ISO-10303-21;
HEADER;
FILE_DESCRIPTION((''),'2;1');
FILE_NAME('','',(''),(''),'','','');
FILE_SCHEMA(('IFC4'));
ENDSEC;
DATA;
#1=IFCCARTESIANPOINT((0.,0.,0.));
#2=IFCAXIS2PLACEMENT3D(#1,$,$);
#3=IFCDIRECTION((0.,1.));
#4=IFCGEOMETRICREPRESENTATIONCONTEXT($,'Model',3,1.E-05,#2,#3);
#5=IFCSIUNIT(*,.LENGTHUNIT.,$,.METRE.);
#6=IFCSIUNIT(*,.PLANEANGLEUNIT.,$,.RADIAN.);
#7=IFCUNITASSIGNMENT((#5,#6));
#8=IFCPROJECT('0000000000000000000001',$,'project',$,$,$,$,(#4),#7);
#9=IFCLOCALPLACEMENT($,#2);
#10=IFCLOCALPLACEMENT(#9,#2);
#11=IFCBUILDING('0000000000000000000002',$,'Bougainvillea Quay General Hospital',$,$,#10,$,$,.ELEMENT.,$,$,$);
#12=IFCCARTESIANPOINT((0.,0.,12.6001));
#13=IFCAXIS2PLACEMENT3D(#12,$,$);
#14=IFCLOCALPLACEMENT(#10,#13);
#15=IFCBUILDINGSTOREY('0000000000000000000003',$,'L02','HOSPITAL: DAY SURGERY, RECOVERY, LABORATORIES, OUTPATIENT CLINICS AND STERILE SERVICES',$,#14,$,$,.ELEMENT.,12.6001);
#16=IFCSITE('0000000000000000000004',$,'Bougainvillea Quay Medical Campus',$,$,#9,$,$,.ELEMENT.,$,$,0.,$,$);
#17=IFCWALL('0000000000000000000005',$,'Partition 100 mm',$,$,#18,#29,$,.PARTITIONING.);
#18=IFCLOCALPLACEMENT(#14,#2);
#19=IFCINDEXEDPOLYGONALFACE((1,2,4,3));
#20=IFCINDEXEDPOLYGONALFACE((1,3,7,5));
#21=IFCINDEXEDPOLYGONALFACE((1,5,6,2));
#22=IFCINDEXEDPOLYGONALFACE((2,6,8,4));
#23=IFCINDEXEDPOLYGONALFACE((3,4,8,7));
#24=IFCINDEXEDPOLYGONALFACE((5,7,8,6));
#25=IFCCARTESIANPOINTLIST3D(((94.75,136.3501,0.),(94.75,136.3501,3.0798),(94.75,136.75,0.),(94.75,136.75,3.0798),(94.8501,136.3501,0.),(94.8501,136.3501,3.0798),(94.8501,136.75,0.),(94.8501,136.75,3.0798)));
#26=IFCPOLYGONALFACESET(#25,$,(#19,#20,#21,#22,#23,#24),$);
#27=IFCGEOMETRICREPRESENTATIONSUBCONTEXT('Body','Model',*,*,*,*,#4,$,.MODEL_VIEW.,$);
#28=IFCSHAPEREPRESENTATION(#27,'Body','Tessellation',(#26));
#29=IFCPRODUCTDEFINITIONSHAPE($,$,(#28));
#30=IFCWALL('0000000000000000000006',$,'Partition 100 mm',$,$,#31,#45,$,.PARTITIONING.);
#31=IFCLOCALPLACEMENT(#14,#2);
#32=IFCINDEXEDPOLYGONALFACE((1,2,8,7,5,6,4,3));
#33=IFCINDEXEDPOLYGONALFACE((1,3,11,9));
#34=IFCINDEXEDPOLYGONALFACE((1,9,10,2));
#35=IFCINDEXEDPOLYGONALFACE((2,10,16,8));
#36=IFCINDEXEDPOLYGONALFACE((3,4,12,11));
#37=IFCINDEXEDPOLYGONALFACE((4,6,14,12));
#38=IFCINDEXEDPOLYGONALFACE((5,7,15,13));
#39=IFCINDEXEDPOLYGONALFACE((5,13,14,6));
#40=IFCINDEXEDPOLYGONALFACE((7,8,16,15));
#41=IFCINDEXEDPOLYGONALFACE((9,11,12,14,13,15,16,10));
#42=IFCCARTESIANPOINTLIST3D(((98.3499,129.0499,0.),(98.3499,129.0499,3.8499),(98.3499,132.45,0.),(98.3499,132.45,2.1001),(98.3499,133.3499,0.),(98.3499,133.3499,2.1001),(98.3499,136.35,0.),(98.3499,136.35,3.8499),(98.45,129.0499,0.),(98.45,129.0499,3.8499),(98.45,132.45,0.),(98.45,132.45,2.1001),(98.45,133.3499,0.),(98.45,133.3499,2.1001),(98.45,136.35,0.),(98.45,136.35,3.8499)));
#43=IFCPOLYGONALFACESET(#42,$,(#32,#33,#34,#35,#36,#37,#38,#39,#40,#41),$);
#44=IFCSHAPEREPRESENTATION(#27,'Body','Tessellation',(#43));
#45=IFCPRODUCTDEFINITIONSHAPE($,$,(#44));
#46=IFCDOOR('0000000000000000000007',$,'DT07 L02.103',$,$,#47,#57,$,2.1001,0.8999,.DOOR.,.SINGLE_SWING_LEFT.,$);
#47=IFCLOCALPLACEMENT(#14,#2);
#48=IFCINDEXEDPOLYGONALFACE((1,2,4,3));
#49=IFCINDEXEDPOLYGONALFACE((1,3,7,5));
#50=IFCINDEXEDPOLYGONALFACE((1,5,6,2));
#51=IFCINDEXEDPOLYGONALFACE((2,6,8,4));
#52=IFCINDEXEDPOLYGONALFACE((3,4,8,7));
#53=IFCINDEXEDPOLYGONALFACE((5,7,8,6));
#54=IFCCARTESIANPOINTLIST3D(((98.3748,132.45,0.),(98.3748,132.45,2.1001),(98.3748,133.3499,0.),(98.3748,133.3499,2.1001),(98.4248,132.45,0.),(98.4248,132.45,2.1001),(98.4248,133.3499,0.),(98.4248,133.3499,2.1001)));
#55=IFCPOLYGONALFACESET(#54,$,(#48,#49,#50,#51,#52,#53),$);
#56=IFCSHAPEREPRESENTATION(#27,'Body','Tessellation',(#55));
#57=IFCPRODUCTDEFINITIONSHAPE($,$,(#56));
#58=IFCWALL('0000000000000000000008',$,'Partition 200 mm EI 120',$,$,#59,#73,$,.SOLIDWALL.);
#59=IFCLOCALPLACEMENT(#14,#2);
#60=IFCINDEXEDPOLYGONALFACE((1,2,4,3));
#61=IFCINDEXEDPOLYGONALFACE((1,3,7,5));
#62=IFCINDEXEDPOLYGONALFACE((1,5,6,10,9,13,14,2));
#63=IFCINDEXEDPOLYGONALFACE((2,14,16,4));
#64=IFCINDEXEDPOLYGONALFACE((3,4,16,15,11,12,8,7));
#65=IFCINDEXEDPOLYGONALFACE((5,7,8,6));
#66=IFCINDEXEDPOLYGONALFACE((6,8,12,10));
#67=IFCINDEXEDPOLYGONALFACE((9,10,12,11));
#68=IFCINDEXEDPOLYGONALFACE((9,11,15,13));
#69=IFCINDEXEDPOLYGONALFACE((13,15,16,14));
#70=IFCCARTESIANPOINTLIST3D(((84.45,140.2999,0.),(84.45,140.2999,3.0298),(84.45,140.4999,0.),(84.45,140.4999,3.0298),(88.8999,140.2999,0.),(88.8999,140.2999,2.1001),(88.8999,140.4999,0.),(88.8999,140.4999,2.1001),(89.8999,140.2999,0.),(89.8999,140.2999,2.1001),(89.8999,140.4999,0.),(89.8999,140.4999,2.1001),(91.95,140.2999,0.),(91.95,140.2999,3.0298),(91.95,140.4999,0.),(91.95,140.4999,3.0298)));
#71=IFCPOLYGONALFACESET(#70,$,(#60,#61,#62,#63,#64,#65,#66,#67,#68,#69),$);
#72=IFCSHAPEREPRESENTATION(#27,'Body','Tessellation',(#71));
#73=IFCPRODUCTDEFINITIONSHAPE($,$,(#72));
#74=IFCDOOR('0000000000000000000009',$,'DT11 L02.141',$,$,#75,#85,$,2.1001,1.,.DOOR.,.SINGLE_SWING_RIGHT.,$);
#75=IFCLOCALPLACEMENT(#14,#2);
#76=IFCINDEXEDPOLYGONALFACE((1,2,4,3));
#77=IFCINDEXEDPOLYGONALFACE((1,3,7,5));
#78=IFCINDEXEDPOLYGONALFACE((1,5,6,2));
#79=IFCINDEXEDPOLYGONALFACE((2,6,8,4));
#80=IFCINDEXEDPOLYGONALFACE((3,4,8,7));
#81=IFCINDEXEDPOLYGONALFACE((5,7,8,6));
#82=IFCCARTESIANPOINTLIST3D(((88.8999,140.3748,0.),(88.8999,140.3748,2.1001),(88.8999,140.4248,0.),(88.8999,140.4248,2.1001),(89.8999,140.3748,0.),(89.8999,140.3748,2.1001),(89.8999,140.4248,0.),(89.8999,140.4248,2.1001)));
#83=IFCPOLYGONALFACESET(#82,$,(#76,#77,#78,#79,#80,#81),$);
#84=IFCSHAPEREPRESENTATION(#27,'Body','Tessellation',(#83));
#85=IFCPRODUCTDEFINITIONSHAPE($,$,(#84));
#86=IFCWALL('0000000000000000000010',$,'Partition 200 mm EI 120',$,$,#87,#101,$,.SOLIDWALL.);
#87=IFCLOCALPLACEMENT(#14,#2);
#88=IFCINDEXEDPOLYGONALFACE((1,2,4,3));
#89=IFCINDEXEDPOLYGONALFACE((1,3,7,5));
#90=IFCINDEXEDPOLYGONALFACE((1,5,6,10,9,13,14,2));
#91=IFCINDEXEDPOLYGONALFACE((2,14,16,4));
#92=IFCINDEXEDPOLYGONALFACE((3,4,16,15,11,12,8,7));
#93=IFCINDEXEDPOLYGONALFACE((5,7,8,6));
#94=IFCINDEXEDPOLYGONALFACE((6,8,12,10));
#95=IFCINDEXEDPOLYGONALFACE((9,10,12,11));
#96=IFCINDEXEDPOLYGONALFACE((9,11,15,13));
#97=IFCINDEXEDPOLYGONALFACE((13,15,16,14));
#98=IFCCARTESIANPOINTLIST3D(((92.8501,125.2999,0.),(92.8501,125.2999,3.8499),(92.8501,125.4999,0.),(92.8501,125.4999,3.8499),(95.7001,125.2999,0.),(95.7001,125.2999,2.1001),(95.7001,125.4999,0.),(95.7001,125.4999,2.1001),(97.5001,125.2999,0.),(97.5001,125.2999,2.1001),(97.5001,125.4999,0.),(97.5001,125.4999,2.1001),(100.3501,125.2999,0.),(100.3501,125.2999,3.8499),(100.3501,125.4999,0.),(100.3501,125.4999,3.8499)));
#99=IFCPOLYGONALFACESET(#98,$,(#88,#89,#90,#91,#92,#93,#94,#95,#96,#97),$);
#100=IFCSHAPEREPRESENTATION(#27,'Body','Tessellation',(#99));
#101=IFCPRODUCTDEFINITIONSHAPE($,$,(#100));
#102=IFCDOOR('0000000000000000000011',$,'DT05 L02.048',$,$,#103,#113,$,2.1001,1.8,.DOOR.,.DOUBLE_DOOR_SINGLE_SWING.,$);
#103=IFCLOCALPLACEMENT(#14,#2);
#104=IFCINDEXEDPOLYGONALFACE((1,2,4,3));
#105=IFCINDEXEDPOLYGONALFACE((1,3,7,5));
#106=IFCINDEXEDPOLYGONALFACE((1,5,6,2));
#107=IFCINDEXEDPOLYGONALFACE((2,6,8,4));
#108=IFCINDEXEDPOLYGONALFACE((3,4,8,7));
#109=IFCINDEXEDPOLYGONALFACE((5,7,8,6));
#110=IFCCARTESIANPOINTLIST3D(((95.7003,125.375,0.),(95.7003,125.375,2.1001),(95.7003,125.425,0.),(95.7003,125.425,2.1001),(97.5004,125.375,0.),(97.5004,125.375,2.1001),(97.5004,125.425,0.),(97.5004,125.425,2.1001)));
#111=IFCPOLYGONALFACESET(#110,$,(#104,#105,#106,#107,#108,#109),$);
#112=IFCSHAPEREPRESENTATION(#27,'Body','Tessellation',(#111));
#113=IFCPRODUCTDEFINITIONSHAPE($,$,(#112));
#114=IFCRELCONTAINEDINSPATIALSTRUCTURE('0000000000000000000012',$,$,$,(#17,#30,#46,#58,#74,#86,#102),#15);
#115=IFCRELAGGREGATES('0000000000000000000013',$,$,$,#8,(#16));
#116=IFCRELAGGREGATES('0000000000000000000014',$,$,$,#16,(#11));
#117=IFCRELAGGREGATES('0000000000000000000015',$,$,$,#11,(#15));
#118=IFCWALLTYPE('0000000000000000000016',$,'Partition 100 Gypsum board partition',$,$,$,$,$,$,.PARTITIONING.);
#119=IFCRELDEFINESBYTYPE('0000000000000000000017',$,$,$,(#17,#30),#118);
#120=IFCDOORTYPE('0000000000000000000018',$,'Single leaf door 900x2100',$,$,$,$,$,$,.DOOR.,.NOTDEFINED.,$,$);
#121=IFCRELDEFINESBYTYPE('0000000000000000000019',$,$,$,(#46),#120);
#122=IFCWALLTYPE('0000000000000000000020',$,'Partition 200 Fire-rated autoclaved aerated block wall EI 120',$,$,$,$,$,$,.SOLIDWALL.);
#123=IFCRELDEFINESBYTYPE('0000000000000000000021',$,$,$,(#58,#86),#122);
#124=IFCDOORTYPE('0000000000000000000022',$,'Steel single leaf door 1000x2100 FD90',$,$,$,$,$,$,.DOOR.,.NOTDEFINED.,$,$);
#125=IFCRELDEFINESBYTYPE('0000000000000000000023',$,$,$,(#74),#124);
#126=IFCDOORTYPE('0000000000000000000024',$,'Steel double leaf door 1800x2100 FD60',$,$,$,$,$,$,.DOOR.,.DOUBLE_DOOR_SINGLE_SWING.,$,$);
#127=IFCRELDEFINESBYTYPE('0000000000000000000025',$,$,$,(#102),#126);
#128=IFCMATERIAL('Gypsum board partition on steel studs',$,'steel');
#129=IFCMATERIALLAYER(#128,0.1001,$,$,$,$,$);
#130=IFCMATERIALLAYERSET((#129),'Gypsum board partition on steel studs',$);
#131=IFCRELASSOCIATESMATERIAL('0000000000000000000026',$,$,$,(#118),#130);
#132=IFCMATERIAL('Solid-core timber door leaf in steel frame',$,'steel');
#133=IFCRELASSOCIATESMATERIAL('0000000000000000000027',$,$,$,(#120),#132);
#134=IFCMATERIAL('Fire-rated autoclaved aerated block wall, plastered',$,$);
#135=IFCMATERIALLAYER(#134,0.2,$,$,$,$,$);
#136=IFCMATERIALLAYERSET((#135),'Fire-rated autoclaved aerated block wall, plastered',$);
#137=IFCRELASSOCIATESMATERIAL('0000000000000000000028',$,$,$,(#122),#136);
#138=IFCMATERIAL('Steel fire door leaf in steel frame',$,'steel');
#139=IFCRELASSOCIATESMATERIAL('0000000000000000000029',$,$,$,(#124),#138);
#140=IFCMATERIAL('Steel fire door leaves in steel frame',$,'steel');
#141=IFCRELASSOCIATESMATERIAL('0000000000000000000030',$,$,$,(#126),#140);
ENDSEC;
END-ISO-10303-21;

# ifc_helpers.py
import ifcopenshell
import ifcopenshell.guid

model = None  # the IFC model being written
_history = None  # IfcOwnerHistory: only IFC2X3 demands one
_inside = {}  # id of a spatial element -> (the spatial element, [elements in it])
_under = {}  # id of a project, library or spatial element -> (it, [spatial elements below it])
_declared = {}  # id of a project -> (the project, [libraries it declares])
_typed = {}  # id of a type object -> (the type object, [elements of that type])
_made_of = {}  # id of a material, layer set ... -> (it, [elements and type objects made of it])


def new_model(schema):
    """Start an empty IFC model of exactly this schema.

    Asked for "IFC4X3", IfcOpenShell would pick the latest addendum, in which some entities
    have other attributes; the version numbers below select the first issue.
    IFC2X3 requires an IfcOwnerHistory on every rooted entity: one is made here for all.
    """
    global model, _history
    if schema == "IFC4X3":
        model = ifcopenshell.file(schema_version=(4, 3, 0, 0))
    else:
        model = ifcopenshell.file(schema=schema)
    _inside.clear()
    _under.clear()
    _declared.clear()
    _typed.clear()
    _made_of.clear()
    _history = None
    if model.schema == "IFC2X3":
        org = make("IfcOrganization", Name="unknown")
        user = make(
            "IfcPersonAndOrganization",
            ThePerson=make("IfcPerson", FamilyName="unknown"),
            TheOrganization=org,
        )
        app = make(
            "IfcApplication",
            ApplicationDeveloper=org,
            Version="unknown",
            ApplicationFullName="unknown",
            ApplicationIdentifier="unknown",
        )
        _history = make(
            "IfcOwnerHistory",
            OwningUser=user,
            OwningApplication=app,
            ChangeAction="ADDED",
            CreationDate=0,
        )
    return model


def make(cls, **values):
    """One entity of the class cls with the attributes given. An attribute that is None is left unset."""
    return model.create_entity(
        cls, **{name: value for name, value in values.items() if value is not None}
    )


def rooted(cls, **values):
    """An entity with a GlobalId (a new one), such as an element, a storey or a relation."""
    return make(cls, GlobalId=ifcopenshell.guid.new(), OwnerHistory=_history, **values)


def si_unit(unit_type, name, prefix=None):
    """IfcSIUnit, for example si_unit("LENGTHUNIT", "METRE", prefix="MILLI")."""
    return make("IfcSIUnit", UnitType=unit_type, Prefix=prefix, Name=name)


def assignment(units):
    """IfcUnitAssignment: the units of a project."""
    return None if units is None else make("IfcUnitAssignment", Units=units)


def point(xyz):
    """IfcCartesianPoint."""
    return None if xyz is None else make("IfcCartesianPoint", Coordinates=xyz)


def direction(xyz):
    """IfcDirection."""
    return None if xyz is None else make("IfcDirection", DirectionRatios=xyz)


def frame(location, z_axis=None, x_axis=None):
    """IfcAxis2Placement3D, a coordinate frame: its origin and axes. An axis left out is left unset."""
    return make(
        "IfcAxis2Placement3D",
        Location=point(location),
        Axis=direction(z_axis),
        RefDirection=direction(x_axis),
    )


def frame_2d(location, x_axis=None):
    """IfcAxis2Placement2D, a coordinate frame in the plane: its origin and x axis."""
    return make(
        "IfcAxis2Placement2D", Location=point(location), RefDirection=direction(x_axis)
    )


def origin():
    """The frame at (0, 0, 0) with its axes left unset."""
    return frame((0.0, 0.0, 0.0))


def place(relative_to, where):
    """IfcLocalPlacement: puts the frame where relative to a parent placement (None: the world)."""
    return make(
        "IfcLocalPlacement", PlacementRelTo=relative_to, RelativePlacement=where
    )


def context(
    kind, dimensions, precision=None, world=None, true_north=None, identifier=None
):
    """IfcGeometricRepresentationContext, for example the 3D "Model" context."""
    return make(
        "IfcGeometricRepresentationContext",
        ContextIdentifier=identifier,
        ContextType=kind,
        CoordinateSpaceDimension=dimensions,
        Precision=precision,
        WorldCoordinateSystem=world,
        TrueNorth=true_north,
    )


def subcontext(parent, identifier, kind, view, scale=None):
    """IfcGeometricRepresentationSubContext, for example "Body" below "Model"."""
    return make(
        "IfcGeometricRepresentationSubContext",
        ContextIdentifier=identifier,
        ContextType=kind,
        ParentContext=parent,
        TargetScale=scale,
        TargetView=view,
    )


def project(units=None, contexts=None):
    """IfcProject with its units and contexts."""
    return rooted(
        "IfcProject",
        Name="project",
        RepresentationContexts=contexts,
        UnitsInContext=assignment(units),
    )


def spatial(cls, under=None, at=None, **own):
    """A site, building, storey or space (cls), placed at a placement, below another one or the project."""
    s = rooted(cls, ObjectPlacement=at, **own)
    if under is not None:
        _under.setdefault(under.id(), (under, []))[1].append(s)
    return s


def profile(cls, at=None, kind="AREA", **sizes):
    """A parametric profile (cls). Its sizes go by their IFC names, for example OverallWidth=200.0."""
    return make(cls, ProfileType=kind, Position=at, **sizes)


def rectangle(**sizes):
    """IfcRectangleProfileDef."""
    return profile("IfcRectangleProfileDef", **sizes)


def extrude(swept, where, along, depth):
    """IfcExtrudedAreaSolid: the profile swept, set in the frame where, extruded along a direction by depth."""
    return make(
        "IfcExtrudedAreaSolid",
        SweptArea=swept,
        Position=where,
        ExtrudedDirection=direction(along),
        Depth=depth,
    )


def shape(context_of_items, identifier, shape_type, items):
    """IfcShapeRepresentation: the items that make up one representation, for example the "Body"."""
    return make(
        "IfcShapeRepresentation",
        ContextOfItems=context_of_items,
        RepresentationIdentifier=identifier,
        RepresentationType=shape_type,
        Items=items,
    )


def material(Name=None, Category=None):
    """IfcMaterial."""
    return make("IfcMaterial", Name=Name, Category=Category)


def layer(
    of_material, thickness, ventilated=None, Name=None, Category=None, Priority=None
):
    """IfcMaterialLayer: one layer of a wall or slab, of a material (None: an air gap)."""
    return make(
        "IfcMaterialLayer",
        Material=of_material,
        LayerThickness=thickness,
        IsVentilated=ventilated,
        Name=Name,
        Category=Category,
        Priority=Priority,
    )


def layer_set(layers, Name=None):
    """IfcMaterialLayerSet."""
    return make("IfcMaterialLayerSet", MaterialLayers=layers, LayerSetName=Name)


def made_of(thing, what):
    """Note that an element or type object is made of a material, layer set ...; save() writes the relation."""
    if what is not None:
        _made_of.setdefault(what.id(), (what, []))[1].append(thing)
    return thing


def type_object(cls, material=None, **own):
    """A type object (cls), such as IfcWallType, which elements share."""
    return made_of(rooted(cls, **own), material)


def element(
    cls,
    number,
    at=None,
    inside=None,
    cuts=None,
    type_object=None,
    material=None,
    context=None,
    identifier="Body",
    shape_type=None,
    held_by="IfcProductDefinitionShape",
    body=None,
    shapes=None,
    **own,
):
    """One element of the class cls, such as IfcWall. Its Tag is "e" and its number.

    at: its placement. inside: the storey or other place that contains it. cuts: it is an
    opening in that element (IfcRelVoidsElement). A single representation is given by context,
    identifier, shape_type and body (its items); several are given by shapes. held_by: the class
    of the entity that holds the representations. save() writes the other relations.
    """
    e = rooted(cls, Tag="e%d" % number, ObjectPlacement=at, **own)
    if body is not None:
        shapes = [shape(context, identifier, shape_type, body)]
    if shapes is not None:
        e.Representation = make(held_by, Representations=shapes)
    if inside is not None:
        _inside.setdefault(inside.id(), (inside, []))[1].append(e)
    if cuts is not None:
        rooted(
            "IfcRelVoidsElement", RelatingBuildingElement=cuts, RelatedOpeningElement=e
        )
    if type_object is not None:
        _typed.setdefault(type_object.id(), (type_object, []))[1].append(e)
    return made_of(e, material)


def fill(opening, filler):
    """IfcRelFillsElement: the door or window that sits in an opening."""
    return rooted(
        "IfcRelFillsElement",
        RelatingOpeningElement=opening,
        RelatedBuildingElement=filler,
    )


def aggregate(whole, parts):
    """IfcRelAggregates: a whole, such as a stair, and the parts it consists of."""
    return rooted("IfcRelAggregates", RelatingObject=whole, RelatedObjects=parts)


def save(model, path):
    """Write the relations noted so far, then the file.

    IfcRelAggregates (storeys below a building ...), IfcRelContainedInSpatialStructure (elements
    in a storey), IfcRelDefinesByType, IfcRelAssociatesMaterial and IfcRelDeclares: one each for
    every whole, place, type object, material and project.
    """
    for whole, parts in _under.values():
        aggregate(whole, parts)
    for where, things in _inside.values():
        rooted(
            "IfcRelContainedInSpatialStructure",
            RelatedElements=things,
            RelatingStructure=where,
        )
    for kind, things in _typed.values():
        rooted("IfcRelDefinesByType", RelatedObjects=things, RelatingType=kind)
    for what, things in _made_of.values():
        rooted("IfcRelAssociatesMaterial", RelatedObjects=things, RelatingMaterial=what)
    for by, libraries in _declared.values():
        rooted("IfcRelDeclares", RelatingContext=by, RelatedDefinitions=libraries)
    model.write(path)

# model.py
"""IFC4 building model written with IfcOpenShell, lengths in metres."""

from ifc_helpers import new_model, si_unit, direction, frame, frame_2d, origin, place, context, subcontext, project, spatial, rectangle, extrude, material, layer, layer_set, type_object, element, fill, save


model = new_model("IFC4")

# Units and contexts
model_context = context("Model", 3, precision=1e-05, world=origin(), true_north=direction((0.0, 1.0)))
body_context = subcontext(model_context, "Body", "Model", "MODEL_VIEW")
ifc_project = project(units=[si_unit("LENGTHUNIT", "METRE"), si_unit("PLANEANGLEUNIT", "RADIAN")], contexts=[model_context])

# Site, building, storey
site_placement = place(None, origin())
site = spatial("IfcSite", under=ifc_project, at=site_placement, Name="Bougainvillea Quay Medical Campus", CompositionType="ELEMENT", RefElevation=0.0)
building_placement = place(site_placement, origin())
building = spatial("IfcBuilding", under=site, at=building_placement, Name="Bougainvillea Quay General Hospital", CompositionType="ELEMENT")
storey_placement = place(building_placement, frame((0.0, 0.0, 12.6001)))
storey = spatial("IfcBuildingStorey", under=building, at=storey_placement, Name="L02", Description="HOSPITAL: DAY SURGERY, RECOVERY, LABORATORIES, OUTPATIENT CLINICS AND STERILE SERVICES", CompositionType="ELEMENT", Elevation=12.6001)

# Shared definitions
ifc_material_1 = material(Name="Gypsum board partition on steel studs", Category="steel")
ifc_layer_1 = layer(ifc_material_1, 0.1001)
ifc_layer_set_1 = layer_set([ifc_layer_1], Name="Gypsum board partition on steel studs")
wall_type_1 = type_object("IfcWallType", Name="Partition 100 Gypsum board partition", PredefinedType="PARTITIONING", material=ifc_layer_set_1)

# Shared definitions
ifc_material_2 = material(Name="Solid-core timber door leaf in steel frame", Category="steel")
door_type_1 = type_object("IfcDoorType", Name="Single leaf door 900x2100", OperationType="NOTDEFINED", PredefinedType="DOOR", material=ifc_material_2)

# Wall
wall_1_placement = place(storey_placement, frame((94.8, 136.3501, 0.0), z_axis=(0.0, 0.0, 1.0), x_axis=(0.0, 1.0, 0.0)))
element("IfcWall", 1, at=wall_1_placement, inside=storey, type_object=wall_type_1, Name="Partition 100 mm", PredefinedType="PARTITIONING", context=body_context, shape_type="SweptSolid", body=[
    extrude(rectangle(XDim=0.3999, YDim=0.1001, at=frame_2d((0.2, 0.0))), origin(), (0.0, 0.0, 1.0), 3.0798),
])

# Walls, openings, doors
wall_2_placement = place(storey_placement, frame((98.3999, 129.05, 0.0), z_axis=(0.0, 0.0, 1.0), x_axis=(0.0, 1.0, 0.0)))
wall_2 = element("IfcWall", 2, at=wall_2_placement, inside=storey, type_object=wall_type_1, Name="Partition 100 mm", PredefinedType="PARTITIONING", context=body_context, shape_type="SweptSolid", body=[
    extrude(rectangle(XDim=7.3, YDim=0.1001, at=frame_2d((3.6499, 0.0))), origin(), (0.0, 0.0, 1.0), 3.8499),
])
opening_1_placement = place(wall_2_placement, frame((3.3999, 0.0, 0.0)))
opening_1 = element("IfcOpeningElement", 3, at=opening_1_placement, cuts=wall_2, PredefinedType="OPENING", context=body_context, shape_type="SweptSolid", body=[
    extrude(rectangle(XDim=0.8999, YDim=2.1001, at=frame_2d((0.45, 1.05))), frame((0.0, 0.0601, 0.0), z_axis=(0.0, -1.0, 0.0), x_axis=(1.0, 0.0, 0.0)), (0.0, 0.0, 1.0), 0.1201),
])
door_1_placement = place(opening_1_placement, frame((0.8999, 0.0, 0.0), z_axis=(0.0, 0.0, 1.0), x_axis=(-1.0, 0.0, 0.0)))
door_1 = element("IfcDoor", 4, at=door_1_placement, inside=storey, type_object=door_type_1, Name="DT07 L02.103", OperationType="SINGLE_SWING_LEFT", OverallHeight=2.1001, OverallWidth=0.8999, PredefinedType="DOOR", context=body_context, shape_type="SweptSolid", body=[
    extrude(rectangle(XDim=0.8999, YDim=2.1001, at=frame_2d((0.45, 1.05))), frame((0.0, 0.0249, 0.0), z_axis=(0.0, -1.0, 0.0), x_axis=(1.0, 0.0, 0.0)), (0.0, 0.0, 1.0), 0.05),
])
fill(opening_1, door_1)
ifc_material_3 = material(Name="Fire-rated autoclaved aerated block wall, plastered")
ifc_layer_2 = layer(ifc_material_3, 0.2)
ifc_layer_set_2 = layer_set([ifc_layer_2], Name="Fire-rated autoclaved aerated block wall, plastered")
wall_type_2 = type_object("IfcWallType", Name="Partition 200 Fire-rated autoclaved aerated block wall EI 120", PredefinedType="SOLIDWALL", material=ifc_layer_set_2)
wall_3_placement = place(storey_placement, frame((84.45, 140.3999, 0.0), z_axis=(0.0, 0.0, 1.0), x_axis=(1.0, 0.0, 0.0)))
wall_3 = element("IfcWall", 5, at=wall_3_placement, inside=storey, type_object=wall_type_2, Name="Partition 200 mm EI 120", PredefinedType="SOLIDWALL", context=body_context, shape_type="SweptSolid", body=[
    extrude(rectangle(XDim=7.5, YDim=0.2, at=frame_2d((3.75, 0.0))), origin(), (0.0, 0.0, 1.0), 3.0298),
])
opening_2_placement = place(wall_3_placement, frame((4.45, 0.0, 0.0)))
opening_2 = element("IfcOpeningElement", 6, at=opening_2_placement, cuts=wall_3, PredefinedType="OPENING", context=body_context, shape_type="SweptSolid", body=[
    extrude(rectangle(XDim=1.0, YDim=2.1001, at=frame_2d((0.5, 1.05))), frame((0.0, 0.1099, 0.0), z_axis=(0.0, -1.0, 0.0), x_axis=(1.0, 0.0, 0.0)), (0.0, 0.0, 1.0), 0.22),
])
ifc_material_4 = material(Name="Steel fire door leaf in steel frame", Category="steel")
door_type_2 = type_object("IfcDoorType", Name="Steel single leaf door 1000x2100 FD90", OperationType="NOTDEFINED", PredefinedType="DOOR", material=ifc_material_4)
door_2_placement = place(opening_2_placement, origin())
door_2 = element("IfcDoor", 7, at=door_2_placement, inside=storey, type_object=door_type_2, Name="DT11 L02.141", OperationType="SINGLE_SWING_RIGHT", OverallHeight=2.1001, OverallWidth=1.0, PredefinedType="DOOR", context=body_context, shape_type="SweptSolid", body=[
    extrude(rectangle(XDim=1.0, YDim=2.1001, at=frame_2d((0.5, 1.05))), frame((0.0, 0.0249, 0.0), z_axis=(0.0, -1.0, 0.0), x_axis=(1.0, 0.0, 0.0)), (0.0, 0.0, 1.0), 0.05),
])
fill(opening_2, door_2)
wall_4_placement = place(storey_placement, frame((92.8501, 125.3999, 0.0), z_axis=(0.0, 0.0, 1.0), x_axis=(1.0, 0.0, 0.0)))
wall_4 = element("IfcWall", 8, at=wall_4_placement, inside=storey, type_object=wall_type_2, Name="Partition 200 mm EI 120", PredefinedType="SOLIDWALL", context=body_context, shape_type="SweptSolid", body=[
    extrude(rectangle(XDim=7.5, YDim=0.2, at=frame_2d((3.75, 0.0))), origin(), (0.0, 0.0, 1.0), 3.8499),
])
opening_3_placement = place(wall_4_placement, frame((2.8501, 0.0, 0.0)))
opening_3 = element("IfcOpeningElement", 9, at=opening_3_placement, cuts=wall_4, PredefinedType="OPENING", context=body_context, shape_type="SweptSolid", body=[
    extrude(rectangle(XDim=1.8, YDim=2.1001, at=frame_2d((0.8999, 1.05))), frame((0.0, 0.1099, 0.0), z_axis=(0.0, -1.0, 0.0), x_axis=(1.0, 0.0, 0.0)), (0.0, 0.0, 1.0), 0.22),
])
ifc_material_5 = material(Name="Steel fire door leaves in steel frame", Category="steel")
door_type_3 = type_object("IfcDoorType", Name="Steel double leaf door 1800x2100 FD60", OperationType="DOUBLE_DOOR_SINGLE_SWING", PredefinedType="DOOR", material=ifc_material_5)
door_3_placement = place(opening_3_placement, frame((1.8, 0.0, 0.0), z_axis=(0.0, 0.0, 1.0), x_axis=(-1.0, 0.0, 0.0)))
door_3 = element("IfcDoor", 10, at=door_3_placement, inside=storey, type_object=door_type_3, Name="DT05 L02.048", OperationType="DOUBLE_DOOR_SINGLE_SWING", OverallHeight=2.1001, OverallWidth=1.8, PredefinedType="DOOR", context=body_context, shape_type="SweptSolid", body=[
    extrude(rectangle(XDim=1.8, YDim=2.1001, at=frame_2d((0.8999, 1.05))), frame((0.0, 0.0249, 0.0), z_axis=(0.0, -1.0, 0.0), x_axis=(1.0, 0.0, 0.0)), (0.0, 0.0, 1.0), 0.05),
])
fill(opening_3, door_3)

save(model, "model.ifc")
